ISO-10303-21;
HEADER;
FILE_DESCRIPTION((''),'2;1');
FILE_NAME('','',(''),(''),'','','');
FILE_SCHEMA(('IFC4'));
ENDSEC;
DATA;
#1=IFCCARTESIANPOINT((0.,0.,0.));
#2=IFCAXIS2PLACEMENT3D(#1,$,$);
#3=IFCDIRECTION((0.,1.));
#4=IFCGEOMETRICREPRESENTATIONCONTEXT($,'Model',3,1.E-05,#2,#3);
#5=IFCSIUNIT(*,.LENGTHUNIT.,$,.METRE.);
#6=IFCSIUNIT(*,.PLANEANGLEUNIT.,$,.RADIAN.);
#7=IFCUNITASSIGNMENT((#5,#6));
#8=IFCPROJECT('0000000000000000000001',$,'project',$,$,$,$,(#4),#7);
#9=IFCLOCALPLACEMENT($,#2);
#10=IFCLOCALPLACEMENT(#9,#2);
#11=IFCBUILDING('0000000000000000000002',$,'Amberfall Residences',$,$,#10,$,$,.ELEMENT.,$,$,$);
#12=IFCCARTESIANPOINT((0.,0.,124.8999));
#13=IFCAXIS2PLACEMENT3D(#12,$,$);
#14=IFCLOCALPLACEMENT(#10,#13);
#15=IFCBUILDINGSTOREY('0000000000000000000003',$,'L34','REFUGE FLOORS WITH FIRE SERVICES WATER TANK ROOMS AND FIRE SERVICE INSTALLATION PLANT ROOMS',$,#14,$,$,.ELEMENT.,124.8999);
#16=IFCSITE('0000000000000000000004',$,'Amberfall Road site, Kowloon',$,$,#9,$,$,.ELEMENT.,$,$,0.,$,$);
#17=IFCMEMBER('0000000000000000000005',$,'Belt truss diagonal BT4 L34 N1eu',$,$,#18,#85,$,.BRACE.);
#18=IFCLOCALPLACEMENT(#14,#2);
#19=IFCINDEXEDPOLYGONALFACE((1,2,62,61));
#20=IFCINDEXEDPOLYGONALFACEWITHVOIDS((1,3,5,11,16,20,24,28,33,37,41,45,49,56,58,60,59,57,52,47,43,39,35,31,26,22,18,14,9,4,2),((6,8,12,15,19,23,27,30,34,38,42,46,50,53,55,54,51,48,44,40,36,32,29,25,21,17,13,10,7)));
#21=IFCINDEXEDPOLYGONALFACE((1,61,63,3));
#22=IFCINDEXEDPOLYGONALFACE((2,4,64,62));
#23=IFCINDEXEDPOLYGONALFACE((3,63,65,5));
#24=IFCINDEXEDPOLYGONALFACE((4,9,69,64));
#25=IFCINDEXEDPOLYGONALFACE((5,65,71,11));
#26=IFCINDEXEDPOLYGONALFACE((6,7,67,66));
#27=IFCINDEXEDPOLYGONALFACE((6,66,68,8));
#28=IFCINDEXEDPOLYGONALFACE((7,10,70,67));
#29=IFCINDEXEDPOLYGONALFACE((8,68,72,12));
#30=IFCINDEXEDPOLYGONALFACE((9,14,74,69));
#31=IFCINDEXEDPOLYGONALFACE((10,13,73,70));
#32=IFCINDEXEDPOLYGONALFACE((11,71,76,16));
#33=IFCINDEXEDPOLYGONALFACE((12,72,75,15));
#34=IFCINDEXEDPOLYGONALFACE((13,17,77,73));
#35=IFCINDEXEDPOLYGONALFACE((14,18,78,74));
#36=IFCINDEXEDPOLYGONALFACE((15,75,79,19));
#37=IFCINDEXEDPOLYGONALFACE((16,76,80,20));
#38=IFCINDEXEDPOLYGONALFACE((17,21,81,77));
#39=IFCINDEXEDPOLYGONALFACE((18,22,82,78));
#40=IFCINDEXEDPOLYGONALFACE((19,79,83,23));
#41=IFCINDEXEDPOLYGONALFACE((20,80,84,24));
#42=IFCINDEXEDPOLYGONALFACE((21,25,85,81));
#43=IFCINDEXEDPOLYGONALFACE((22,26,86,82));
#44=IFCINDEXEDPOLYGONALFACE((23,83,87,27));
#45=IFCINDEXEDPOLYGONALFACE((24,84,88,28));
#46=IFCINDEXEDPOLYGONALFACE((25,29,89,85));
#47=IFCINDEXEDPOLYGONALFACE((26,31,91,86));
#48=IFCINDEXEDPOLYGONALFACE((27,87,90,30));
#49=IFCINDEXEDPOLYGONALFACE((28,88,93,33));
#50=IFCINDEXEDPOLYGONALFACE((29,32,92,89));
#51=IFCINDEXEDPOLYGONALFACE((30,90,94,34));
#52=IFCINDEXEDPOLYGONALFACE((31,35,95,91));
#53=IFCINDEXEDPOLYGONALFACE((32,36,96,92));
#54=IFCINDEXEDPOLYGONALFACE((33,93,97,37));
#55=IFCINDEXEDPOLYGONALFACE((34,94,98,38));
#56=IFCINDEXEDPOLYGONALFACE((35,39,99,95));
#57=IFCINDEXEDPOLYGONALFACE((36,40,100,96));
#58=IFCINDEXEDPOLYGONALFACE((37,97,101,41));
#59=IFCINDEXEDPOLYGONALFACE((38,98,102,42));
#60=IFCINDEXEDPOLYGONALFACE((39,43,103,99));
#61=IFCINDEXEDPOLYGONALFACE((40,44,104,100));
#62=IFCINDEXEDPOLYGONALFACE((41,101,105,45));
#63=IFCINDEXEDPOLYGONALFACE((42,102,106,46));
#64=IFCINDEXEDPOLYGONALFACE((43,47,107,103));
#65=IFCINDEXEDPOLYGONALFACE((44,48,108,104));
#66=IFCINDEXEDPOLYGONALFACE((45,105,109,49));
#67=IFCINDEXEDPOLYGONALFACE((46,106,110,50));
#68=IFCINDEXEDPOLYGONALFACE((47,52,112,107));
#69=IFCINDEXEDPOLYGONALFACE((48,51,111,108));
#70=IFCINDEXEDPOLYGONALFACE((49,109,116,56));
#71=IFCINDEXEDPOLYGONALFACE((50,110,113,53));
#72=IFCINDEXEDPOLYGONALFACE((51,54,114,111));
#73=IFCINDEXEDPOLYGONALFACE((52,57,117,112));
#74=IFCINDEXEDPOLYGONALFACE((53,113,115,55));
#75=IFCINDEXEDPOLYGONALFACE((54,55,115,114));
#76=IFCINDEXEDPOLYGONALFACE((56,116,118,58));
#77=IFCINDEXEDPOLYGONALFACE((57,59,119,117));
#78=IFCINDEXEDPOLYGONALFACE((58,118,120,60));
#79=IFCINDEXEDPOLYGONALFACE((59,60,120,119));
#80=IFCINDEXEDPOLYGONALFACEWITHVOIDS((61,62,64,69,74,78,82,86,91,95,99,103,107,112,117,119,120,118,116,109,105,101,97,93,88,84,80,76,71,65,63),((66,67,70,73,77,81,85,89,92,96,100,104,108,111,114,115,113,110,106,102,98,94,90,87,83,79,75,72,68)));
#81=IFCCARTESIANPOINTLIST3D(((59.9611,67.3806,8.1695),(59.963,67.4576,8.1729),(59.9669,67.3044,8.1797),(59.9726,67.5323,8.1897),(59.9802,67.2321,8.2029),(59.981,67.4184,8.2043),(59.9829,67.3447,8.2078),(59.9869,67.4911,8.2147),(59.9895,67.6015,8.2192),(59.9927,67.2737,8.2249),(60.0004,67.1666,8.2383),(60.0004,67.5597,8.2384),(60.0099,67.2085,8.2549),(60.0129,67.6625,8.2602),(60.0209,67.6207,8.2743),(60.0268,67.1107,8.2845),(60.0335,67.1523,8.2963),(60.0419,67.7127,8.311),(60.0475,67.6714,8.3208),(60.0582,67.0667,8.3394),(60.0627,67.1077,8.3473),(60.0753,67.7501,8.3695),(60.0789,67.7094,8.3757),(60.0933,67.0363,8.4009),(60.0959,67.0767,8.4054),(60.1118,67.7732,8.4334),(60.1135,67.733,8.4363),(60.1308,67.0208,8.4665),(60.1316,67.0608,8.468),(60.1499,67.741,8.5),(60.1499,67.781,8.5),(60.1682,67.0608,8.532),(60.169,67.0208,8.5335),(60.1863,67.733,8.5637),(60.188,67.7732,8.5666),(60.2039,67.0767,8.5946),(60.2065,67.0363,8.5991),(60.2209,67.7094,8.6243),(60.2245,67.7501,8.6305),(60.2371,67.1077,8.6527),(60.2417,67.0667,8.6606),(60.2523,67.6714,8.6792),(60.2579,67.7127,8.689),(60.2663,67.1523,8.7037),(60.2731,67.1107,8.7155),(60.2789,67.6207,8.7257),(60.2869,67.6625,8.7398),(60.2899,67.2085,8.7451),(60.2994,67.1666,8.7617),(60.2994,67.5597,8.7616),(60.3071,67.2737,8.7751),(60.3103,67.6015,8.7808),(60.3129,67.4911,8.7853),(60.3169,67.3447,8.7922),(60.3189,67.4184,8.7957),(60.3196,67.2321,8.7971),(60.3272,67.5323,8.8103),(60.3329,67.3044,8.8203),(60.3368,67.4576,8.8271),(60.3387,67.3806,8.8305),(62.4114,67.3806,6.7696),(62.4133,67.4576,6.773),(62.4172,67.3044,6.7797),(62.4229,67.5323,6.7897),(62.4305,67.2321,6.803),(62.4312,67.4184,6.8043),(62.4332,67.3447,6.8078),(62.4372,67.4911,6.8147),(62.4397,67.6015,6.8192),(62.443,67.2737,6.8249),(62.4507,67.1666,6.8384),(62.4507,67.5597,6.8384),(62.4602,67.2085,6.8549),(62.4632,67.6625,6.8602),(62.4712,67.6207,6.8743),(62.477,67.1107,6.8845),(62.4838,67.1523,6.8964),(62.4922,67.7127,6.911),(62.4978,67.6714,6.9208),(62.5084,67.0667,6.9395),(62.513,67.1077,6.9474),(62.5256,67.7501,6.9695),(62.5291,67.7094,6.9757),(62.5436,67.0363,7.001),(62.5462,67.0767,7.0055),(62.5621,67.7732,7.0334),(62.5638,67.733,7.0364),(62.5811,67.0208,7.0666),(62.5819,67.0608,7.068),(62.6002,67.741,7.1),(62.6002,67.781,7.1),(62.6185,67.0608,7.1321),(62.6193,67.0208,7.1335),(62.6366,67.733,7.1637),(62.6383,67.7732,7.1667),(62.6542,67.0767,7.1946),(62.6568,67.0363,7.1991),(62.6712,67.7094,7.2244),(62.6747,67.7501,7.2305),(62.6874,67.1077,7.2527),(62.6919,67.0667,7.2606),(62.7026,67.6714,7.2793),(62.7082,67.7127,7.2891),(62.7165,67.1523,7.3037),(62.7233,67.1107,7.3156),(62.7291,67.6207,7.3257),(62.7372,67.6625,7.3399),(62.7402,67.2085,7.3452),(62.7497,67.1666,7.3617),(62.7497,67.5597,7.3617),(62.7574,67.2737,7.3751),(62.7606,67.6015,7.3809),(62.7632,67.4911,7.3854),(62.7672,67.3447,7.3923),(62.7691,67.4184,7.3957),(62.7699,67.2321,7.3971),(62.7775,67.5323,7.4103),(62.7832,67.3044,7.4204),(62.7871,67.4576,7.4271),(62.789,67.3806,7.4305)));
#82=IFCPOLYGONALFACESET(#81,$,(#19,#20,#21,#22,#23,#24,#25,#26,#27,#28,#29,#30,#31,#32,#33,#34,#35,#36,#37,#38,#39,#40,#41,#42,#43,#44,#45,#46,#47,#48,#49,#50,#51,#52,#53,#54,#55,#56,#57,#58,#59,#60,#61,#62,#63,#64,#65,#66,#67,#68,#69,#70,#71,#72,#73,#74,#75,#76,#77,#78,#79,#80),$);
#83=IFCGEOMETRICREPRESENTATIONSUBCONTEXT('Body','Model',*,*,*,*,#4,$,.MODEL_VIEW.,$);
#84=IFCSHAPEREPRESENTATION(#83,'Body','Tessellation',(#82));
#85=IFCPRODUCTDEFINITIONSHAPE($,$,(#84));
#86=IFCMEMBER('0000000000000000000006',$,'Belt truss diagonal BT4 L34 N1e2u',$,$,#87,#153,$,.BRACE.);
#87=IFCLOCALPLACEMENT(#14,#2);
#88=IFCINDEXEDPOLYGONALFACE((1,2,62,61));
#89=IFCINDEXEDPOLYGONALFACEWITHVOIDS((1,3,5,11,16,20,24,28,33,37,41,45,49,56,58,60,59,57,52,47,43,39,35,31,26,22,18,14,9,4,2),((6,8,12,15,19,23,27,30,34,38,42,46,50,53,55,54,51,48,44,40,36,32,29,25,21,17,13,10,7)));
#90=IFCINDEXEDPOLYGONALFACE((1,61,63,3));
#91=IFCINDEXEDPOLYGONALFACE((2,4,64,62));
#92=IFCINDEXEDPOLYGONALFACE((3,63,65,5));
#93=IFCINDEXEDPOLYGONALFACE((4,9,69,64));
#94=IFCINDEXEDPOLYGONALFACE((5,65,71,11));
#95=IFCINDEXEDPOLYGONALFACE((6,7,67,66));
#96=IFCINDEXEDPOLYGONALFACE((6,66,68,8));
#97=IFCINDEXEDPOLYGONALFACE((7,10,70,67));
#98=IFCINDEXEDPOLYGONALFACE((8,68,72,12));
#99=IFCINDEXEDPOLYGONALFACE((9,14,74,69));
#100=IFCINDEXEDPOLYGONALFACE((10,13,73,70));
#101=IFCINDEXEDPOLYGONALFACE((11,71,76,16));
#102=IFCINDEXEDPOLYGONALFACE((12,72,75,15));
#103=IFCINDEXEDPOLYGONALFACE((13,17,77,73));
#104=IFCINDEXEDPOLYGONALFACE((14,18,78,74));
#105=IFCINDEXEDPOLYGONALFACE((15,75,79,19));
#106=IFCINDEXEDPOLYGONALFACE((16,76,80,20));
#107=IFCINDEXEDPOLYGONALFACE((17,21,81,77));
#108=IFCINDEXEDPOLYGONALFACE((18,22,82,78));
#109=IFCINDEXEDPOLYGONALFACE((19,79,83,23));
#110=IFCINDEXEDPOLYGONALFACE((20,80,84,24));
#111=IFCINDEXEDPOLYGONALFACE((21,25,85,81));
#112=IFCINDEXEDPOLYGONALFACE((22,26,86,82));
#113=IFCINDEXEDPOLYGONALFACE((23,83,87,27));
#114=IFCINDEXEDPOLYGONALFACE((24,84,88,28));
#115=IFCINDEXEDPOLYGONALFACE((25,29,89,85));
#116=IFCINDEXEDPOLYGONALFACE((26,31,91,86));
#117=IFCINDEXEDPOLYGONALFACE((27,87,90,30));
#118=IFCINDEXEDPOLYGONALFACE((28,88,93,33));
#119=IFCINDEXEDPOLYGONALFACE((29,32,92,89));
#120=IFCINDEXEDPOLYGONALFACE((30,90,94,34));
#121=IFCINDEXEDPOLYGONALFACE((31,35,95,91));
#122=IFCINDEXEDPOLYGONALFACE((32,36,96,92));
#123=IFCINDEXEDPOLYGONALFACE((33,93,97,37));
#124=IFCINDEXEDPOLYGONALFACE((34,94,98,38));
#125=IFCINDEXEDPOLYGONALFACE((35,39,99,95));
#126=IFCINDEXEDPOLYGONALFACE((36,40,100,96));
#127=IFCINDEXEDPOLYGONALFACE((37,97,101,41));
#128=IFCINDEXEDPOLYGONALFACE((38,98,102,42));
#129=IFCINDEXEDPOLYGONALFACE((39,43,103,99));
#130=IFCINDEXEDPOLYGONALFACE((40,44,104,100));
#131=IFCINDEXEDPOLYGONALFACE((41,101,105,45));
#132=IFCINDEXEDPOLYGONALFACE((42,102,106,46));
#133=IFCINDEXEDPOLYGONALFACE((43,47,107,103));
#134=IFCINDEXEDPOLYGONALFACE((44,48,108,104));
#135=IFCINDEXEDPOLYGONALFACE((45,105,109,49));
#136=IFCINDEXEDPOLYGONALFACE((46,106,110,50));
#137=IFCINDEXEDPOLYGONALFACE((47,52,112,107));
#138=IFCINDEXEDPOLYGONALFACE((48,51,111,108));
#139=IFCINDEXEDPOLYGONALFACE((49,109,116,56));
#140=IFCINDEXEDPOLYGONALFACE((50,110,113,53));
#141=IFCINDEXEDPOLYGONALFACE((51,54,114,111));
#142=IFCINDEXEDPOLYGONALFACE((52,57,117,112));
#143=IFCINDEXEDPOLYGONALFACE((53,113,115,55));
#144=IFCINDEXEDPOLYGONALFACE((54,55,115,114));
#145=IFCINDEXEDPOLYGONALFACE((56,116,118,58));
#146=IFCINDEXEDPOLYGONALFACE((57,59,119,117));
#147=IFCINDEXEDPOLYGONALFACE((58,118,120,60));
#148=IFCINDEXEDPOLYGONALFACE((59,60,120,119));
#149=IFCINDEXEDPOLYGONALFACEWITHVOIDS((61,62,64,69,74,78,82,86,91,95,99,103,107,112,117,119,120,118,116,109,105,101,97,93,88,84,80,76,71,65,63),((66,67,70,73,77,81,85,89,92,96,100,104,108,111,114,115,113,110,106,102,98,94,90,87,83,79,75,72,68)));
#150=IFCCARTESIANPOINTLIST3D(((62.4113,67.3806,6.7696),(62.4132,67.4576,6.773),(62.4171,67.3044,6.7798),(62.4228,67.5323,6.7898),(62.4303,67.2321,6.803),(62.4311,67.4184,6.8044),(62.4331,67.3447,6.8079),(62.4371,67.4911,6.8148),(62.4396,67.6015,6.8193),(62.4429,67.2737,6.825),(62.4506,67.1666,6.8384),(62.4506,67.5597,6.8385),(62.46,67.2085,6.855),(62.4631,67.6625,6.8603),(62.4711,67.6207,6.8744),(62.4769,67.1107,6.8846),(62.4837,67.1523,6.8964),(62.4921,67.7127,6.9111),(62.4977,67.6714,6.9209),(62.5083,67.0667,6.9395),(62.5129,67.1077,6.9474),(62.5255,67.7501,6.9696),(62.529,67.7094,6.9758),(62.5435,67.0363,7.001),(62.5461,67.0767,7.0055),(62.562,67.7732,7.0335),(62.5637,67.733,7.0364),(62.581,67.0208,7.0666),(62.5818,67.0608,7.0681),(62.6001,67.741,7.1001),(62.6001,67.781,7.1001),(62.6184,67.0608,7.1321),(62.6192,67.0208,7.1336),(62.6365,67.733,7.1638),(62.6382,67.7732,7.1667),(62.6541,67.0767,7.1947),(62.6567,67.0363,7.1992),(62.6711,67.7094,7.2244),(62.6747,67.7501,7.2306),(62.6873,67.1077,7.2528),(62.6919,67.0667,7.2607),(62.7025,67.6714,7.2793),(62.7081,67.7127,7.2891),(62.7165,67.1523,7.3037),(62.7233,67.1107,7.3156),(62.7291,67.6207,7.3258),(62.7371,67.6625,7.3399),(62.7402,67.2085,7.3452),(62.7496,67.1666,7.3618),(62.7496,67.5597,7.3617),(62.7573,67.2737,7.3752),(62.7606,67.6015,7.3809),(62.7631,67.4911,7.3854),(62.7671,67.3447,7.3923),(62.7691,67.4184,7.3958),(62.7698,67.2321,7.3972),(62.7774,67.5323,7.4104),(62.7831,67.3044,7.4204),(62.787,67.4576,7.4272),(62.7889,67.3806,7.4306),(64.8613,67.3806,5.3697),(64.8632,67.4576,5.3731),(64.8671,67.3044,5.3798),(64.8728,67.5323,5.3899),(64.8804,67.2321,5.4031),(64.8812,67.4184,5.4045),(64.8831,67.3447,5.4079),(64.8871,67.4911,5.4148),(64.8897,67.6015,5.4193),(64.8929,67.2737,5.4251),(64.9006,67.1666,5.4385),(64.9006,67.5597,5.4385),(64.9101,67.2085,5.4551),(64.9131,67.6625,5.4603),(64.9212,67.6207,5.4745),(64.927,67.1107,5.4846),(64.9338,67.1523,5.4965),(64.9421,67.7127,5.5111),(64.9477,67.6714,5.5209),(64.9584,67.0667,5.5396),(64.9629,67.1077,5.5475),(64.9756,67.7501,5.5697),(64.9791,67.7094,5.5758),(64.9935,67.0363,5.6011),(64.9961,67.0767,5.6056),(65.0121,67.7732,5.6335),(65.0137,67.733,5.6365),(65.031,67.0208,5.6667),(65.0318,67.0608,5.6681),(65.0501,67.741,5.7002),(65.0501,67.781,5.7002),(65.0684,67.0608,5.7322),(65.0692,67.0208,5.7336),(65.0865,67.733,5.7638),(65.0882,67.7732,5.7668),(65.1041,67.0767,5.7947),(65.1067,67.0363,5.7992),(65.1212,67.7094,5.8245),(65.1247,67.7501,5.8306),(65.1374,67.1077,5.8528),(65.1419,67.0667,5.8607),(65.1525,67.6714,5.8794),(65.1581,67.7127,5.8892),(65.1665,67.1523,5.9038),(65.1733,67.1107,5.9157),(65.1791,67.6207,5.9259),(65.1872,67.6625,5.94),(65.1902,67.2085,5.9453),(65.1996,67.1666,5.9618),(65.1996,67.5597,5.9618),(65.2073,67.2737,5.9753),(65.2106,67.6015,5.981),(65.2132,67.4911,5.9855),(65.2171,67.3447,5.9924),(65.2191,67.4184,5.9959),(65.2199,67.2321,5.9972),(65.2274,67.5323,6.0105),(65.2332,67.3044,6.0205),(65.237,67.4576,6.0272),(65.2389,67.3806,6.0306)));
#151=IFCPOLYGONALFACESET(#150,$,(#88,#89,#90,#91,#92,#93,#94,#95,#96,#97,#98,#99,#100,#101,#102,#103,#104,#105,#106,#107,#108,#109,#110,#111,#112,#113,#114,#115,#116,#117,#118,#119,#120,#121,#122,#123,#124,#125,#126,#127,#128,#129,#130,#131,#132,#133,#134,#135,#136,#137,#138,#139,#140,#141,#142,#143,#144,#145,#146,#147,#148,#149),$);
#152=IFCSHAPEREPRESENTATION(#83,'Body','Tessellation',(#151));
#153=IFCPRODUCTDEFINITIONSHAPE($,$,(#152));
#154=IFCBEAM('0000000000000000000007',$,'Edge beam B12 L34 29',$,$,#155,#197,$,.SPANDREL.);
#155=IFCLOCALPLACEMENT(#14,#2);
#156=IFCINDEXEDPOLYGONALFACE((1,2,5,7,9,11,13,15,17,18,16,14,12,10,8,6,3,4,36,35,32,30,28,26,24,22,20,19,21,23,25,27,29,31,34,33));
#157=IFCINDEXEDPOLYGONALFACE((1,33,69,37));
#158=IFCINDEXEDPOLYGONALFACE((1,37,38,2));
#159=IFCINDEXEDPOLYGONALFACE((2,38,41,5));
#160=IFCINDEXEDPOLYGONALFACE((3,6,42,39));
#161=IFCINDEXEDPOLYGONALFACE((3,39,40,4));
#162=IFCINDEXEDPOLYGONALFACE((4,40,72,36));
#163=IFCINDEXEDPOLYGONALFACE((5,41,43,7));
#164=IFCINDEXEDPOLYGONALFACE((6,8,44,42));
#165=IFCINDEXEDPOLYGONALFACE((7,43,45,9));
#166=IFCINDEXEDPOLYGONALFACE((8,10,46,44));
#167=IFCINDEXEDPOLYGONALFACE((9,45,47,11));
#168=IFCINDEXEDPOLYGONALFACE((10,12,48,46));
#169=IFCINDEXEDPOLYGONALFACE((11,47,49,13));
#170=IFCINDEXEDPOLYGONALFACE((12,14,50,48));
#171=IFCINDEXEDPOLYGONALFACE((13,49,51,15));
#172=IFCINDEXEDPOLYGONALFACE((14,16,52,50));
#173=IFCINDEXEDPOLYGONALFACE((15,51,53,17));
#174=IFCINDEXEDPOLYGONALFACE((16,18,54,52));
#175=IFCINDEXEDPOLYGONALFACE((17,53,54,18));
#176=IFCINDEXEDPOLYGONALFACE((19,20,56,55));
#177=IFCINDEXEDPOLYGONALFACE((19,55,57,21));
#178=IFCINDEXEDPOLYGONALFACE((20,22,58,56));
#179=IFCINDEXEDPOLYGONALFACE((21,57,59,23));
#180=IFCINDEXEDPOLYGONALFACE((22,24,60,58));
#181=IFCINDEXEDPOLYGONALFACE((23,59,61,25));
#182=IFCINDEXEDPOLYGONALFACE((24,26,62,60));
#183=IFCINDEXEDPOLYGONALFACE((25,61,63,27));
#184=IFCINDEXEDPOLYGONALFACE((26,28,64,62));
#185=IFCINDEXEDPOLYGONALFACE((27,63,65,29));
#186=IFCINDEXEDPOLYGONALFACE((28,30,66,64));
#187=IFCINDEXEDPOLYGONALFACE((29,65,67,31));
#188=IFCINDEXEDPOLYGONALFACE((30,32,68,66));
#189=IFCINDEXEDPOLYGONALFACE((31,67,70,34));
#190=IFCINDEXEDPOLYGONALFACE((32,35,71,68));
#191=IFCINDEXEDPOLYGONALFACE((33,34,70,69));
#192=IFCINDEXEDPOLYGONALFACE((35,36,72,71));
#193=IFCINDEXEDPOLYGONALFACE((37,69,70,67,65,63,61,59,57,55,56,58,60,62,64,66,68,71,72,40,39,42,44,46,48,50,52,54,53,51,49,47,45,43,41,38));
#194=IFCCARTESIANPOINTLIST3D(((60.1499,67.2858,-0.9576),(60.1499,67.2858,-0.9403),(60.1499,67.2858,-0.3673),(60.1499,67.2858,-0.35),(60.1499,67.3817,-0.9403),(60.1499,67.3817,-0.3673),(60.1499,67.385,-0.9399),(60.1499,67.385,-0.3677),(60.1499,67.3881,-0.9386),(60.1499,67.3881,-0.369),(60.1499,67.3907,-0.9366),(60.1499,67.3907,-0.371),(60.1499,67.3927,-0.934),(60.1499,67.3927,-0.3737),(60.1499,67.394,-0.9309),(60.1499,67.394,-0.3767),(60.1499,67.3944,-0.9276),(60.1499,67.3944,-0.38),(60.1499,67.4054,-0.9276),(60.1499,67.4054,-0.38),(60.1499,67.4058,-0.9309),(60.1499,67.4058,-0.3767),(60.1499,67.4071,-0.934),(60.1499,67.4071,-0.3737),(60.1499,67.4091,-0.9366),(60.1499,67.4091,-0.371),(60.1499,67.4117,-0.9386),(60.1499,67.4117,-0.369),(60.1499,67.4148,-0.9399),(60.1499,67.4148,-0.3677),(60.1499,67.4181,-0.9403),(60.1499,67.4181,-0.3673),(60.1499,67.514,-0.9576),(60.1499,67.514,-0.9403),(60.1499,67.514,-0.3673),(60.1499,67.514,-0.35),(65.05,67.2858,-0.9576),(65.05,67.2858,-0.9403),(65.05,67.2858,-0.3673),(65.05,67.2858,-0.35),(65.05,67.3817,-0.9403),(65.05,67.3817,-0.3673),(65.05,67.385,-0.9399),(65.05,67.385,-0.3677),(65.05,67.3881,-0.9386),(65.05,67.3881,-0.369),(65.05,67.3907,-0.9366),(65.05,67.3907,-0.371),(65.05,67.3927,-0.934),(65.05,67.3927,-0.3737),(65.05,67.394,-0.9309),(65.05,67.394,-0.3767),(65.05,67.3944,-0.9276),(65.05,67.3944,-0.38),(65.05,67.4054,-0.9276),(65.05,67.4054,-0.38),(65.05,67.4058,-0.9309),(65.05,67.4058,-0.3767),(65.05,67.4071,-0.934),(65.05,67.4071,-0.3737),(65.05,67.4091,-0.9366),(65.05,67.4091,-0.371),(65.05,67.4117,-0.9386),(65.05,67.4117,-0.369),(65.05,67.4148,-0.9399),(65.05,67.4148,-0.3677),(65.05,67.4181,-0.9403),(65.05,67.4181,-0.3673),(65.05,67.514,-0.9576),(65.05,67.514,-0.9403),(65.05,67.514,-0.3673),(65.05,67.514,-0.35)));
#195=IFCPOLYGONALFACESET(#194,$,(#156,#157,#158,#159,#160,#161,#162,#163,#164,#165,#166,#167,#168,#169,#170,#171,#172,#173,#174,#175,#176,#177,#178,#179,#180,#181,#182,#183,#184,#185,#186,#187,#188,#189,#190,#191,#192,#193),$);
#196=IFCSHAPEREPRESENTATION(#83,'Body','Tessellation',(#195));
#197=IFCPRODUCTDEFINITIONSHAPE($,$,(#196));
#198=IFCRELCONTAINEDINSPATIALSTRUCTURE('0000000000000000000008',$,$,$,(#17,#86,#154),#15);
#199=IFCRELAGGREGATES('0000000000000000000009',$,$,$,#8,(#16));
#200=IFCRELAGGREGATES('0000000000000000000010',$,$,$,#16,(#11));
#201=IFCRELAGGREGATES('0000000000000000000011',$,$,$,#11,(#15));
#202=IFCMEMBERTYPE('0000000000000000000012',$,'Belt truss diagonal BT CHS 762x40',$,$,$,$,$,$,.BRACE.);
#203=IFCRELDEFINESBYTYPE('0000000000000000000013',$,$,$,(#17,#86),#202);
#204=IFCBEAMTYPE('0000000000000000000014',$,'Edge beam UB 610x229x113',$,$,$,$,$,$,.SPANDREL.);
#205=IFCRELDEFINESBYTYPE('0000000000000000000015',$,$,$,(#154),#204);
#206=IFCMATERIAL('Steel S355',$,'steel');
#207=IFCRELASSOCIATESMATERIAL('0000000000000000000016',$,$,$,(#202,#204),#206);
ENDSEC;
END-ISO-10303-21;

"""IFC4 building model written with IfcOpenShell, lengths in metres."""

from ifc_helpers import new_model, si_unit, direction, frame, origin, origin_2d, place, context, subcontext, project, spatial, hollow_circle, i_section, extrude, material, material_profile, profile_set, type_object, element, save


model = new_model("IFC4")

# Units and contexts
model_context = context("Model", 3, precision=1e-05, world=origin(), true_north=direction((0.0, 1.0)))
body_context = subcontext(model_context, "Body", "Model", "MODEL_VIEW")
ifc_project = project(units=[si_unit("LENGTHUNIT", "METRE"), si_unit("PLANEANGLEUNIT", "RADIAN")], contexts=[model_context])

# Site, building, storey
site_placement = place(None, origin())
site = spatial("IfcSite", under=ifc_project, at=site_placement, Name="Amberfall Road site, Kowloon", CompositionType="ELEMENT", RefElevation=0.0)
building_placement = place(site_placement, origin())
building = spatial("IfcBuilding", under=site, at=building_placement, Name="Amberfall Residences", CompositionType="ELEMENT")
storey_placement = place(building_placement, frame((0.0, 0.0, 124.8999)))
storey = spatial("IfcBuildingStorey", under=building, at=storey_placement, Name="L34", Description="REFUGE FLOORS WITH FIRE SERVICES WATER TANK ROOMS AND FIRE SERVICE INSTALLATION PLANT ROOMS", CompositionType="ELEMENT", Elevation=124.8999)

# Shared definitions
ifc_material_1 = material(Name="Steel S355", Category="steel")

# Members
ifc_material_profile_1 = material_profile(ifc_material_1, hollow_circle(Radius=0.3811, WallThickness=0.04, at=origin_2d()), Name="CHS 762x40")
ifc_profile_set_1 = profile_set([ifc_material_profile_1], Name="Steel S355")
member_type = type_object("IfcMemberType", Name="Belt truss diagonal BT CHS 762x40", PredefinedType="BRACE", material=ifc_profile_set_1)
member_1_placement = place(storey_placement, frame((60.1499, 67.3999, 8.5), z_axis=(0.868275, 0.0, -0.496083), x_axis=(0.0, 1.0, 0.0)))
element("IfcMember", 1, at=member_1_placement, inside=storey, type_object=member_type, Name="Belt truss diagonal BT4 L34 N1eu", PredefinedType="BRACE", context=body_context, shape_type="SweptSolid", body=[
    extrude(hollow_circle(Radius=0.3811, WallThickness=0.04, at=origin_2d()), origin(), (0.0, 0.0, 1.0), 2.822),
])
member_2_placement = place(storey_placement, frame((62.6001, 67.3999, 7.1001), z_axis=(0.868254, 0.0, -0.49612), x_axis=(0.0, 1.0, 0.0)))
element("IfcMember", 2, at=member_2_placement, inside=storey, type_object=member_type, Name="Belt truss diagonal BT4 L34 N1e2u", PredefinedType="BRACE", context=body_context, shape_type="SweptSolid", body=[
    extrude(hollow_circle(Radius=0.3811, WallThickness=0.04, at=origin_2d()), origin(), (0.0, 0.0, 1.0), 2.8218),
])

# Beam
ifc_material_profile_2 = material_profile(ifc_material_1, i_section(OverallWidth=0.2283, OverallDepth=0.6077, WebThickness=0.011, FlangeThickness=0.0173, FilletRadius=0.0127, at=origin_2d()), Name="UB 610x229x113")
ifc_profile_set_2 = profile_set([ifc_material_profile_2], Name="Steel S355")
beam_type_1 = type_object("IfcBeamType", Name="Edge beam UB 610x229x113", PredefinedType="SPANDREL", material=ifc_profile_set_2)
for number, where, z_axis, x_axis, name in (
    (3, (60.1499, 67.3999, -0.6538), (1.0, 0.0, 0.0), (0.0, 1.0, 0.0), "Edge beam B12 L34 29"),
):
    element("IfcBeam", number, at=place(storey_placement, frame(where, z_axis=z_axis, x_axis=x_axis)), inside=storey, type_object=beam_type_1, Name=name, PredefinedType="SPANDREL", context=body_context, shape_type="SweptSolid", body=[
        extrude(i_section(OverallWidth=0.2283, OverallDepth=0.6077, WebThickness=0.011, FlangeThickness=0.0173, FilletRadius=0.0127, at=origin_2d()), origin(), (0.0, 0.0, 1.0), 4.9001),
    ])

save(model, "model.ifc")
